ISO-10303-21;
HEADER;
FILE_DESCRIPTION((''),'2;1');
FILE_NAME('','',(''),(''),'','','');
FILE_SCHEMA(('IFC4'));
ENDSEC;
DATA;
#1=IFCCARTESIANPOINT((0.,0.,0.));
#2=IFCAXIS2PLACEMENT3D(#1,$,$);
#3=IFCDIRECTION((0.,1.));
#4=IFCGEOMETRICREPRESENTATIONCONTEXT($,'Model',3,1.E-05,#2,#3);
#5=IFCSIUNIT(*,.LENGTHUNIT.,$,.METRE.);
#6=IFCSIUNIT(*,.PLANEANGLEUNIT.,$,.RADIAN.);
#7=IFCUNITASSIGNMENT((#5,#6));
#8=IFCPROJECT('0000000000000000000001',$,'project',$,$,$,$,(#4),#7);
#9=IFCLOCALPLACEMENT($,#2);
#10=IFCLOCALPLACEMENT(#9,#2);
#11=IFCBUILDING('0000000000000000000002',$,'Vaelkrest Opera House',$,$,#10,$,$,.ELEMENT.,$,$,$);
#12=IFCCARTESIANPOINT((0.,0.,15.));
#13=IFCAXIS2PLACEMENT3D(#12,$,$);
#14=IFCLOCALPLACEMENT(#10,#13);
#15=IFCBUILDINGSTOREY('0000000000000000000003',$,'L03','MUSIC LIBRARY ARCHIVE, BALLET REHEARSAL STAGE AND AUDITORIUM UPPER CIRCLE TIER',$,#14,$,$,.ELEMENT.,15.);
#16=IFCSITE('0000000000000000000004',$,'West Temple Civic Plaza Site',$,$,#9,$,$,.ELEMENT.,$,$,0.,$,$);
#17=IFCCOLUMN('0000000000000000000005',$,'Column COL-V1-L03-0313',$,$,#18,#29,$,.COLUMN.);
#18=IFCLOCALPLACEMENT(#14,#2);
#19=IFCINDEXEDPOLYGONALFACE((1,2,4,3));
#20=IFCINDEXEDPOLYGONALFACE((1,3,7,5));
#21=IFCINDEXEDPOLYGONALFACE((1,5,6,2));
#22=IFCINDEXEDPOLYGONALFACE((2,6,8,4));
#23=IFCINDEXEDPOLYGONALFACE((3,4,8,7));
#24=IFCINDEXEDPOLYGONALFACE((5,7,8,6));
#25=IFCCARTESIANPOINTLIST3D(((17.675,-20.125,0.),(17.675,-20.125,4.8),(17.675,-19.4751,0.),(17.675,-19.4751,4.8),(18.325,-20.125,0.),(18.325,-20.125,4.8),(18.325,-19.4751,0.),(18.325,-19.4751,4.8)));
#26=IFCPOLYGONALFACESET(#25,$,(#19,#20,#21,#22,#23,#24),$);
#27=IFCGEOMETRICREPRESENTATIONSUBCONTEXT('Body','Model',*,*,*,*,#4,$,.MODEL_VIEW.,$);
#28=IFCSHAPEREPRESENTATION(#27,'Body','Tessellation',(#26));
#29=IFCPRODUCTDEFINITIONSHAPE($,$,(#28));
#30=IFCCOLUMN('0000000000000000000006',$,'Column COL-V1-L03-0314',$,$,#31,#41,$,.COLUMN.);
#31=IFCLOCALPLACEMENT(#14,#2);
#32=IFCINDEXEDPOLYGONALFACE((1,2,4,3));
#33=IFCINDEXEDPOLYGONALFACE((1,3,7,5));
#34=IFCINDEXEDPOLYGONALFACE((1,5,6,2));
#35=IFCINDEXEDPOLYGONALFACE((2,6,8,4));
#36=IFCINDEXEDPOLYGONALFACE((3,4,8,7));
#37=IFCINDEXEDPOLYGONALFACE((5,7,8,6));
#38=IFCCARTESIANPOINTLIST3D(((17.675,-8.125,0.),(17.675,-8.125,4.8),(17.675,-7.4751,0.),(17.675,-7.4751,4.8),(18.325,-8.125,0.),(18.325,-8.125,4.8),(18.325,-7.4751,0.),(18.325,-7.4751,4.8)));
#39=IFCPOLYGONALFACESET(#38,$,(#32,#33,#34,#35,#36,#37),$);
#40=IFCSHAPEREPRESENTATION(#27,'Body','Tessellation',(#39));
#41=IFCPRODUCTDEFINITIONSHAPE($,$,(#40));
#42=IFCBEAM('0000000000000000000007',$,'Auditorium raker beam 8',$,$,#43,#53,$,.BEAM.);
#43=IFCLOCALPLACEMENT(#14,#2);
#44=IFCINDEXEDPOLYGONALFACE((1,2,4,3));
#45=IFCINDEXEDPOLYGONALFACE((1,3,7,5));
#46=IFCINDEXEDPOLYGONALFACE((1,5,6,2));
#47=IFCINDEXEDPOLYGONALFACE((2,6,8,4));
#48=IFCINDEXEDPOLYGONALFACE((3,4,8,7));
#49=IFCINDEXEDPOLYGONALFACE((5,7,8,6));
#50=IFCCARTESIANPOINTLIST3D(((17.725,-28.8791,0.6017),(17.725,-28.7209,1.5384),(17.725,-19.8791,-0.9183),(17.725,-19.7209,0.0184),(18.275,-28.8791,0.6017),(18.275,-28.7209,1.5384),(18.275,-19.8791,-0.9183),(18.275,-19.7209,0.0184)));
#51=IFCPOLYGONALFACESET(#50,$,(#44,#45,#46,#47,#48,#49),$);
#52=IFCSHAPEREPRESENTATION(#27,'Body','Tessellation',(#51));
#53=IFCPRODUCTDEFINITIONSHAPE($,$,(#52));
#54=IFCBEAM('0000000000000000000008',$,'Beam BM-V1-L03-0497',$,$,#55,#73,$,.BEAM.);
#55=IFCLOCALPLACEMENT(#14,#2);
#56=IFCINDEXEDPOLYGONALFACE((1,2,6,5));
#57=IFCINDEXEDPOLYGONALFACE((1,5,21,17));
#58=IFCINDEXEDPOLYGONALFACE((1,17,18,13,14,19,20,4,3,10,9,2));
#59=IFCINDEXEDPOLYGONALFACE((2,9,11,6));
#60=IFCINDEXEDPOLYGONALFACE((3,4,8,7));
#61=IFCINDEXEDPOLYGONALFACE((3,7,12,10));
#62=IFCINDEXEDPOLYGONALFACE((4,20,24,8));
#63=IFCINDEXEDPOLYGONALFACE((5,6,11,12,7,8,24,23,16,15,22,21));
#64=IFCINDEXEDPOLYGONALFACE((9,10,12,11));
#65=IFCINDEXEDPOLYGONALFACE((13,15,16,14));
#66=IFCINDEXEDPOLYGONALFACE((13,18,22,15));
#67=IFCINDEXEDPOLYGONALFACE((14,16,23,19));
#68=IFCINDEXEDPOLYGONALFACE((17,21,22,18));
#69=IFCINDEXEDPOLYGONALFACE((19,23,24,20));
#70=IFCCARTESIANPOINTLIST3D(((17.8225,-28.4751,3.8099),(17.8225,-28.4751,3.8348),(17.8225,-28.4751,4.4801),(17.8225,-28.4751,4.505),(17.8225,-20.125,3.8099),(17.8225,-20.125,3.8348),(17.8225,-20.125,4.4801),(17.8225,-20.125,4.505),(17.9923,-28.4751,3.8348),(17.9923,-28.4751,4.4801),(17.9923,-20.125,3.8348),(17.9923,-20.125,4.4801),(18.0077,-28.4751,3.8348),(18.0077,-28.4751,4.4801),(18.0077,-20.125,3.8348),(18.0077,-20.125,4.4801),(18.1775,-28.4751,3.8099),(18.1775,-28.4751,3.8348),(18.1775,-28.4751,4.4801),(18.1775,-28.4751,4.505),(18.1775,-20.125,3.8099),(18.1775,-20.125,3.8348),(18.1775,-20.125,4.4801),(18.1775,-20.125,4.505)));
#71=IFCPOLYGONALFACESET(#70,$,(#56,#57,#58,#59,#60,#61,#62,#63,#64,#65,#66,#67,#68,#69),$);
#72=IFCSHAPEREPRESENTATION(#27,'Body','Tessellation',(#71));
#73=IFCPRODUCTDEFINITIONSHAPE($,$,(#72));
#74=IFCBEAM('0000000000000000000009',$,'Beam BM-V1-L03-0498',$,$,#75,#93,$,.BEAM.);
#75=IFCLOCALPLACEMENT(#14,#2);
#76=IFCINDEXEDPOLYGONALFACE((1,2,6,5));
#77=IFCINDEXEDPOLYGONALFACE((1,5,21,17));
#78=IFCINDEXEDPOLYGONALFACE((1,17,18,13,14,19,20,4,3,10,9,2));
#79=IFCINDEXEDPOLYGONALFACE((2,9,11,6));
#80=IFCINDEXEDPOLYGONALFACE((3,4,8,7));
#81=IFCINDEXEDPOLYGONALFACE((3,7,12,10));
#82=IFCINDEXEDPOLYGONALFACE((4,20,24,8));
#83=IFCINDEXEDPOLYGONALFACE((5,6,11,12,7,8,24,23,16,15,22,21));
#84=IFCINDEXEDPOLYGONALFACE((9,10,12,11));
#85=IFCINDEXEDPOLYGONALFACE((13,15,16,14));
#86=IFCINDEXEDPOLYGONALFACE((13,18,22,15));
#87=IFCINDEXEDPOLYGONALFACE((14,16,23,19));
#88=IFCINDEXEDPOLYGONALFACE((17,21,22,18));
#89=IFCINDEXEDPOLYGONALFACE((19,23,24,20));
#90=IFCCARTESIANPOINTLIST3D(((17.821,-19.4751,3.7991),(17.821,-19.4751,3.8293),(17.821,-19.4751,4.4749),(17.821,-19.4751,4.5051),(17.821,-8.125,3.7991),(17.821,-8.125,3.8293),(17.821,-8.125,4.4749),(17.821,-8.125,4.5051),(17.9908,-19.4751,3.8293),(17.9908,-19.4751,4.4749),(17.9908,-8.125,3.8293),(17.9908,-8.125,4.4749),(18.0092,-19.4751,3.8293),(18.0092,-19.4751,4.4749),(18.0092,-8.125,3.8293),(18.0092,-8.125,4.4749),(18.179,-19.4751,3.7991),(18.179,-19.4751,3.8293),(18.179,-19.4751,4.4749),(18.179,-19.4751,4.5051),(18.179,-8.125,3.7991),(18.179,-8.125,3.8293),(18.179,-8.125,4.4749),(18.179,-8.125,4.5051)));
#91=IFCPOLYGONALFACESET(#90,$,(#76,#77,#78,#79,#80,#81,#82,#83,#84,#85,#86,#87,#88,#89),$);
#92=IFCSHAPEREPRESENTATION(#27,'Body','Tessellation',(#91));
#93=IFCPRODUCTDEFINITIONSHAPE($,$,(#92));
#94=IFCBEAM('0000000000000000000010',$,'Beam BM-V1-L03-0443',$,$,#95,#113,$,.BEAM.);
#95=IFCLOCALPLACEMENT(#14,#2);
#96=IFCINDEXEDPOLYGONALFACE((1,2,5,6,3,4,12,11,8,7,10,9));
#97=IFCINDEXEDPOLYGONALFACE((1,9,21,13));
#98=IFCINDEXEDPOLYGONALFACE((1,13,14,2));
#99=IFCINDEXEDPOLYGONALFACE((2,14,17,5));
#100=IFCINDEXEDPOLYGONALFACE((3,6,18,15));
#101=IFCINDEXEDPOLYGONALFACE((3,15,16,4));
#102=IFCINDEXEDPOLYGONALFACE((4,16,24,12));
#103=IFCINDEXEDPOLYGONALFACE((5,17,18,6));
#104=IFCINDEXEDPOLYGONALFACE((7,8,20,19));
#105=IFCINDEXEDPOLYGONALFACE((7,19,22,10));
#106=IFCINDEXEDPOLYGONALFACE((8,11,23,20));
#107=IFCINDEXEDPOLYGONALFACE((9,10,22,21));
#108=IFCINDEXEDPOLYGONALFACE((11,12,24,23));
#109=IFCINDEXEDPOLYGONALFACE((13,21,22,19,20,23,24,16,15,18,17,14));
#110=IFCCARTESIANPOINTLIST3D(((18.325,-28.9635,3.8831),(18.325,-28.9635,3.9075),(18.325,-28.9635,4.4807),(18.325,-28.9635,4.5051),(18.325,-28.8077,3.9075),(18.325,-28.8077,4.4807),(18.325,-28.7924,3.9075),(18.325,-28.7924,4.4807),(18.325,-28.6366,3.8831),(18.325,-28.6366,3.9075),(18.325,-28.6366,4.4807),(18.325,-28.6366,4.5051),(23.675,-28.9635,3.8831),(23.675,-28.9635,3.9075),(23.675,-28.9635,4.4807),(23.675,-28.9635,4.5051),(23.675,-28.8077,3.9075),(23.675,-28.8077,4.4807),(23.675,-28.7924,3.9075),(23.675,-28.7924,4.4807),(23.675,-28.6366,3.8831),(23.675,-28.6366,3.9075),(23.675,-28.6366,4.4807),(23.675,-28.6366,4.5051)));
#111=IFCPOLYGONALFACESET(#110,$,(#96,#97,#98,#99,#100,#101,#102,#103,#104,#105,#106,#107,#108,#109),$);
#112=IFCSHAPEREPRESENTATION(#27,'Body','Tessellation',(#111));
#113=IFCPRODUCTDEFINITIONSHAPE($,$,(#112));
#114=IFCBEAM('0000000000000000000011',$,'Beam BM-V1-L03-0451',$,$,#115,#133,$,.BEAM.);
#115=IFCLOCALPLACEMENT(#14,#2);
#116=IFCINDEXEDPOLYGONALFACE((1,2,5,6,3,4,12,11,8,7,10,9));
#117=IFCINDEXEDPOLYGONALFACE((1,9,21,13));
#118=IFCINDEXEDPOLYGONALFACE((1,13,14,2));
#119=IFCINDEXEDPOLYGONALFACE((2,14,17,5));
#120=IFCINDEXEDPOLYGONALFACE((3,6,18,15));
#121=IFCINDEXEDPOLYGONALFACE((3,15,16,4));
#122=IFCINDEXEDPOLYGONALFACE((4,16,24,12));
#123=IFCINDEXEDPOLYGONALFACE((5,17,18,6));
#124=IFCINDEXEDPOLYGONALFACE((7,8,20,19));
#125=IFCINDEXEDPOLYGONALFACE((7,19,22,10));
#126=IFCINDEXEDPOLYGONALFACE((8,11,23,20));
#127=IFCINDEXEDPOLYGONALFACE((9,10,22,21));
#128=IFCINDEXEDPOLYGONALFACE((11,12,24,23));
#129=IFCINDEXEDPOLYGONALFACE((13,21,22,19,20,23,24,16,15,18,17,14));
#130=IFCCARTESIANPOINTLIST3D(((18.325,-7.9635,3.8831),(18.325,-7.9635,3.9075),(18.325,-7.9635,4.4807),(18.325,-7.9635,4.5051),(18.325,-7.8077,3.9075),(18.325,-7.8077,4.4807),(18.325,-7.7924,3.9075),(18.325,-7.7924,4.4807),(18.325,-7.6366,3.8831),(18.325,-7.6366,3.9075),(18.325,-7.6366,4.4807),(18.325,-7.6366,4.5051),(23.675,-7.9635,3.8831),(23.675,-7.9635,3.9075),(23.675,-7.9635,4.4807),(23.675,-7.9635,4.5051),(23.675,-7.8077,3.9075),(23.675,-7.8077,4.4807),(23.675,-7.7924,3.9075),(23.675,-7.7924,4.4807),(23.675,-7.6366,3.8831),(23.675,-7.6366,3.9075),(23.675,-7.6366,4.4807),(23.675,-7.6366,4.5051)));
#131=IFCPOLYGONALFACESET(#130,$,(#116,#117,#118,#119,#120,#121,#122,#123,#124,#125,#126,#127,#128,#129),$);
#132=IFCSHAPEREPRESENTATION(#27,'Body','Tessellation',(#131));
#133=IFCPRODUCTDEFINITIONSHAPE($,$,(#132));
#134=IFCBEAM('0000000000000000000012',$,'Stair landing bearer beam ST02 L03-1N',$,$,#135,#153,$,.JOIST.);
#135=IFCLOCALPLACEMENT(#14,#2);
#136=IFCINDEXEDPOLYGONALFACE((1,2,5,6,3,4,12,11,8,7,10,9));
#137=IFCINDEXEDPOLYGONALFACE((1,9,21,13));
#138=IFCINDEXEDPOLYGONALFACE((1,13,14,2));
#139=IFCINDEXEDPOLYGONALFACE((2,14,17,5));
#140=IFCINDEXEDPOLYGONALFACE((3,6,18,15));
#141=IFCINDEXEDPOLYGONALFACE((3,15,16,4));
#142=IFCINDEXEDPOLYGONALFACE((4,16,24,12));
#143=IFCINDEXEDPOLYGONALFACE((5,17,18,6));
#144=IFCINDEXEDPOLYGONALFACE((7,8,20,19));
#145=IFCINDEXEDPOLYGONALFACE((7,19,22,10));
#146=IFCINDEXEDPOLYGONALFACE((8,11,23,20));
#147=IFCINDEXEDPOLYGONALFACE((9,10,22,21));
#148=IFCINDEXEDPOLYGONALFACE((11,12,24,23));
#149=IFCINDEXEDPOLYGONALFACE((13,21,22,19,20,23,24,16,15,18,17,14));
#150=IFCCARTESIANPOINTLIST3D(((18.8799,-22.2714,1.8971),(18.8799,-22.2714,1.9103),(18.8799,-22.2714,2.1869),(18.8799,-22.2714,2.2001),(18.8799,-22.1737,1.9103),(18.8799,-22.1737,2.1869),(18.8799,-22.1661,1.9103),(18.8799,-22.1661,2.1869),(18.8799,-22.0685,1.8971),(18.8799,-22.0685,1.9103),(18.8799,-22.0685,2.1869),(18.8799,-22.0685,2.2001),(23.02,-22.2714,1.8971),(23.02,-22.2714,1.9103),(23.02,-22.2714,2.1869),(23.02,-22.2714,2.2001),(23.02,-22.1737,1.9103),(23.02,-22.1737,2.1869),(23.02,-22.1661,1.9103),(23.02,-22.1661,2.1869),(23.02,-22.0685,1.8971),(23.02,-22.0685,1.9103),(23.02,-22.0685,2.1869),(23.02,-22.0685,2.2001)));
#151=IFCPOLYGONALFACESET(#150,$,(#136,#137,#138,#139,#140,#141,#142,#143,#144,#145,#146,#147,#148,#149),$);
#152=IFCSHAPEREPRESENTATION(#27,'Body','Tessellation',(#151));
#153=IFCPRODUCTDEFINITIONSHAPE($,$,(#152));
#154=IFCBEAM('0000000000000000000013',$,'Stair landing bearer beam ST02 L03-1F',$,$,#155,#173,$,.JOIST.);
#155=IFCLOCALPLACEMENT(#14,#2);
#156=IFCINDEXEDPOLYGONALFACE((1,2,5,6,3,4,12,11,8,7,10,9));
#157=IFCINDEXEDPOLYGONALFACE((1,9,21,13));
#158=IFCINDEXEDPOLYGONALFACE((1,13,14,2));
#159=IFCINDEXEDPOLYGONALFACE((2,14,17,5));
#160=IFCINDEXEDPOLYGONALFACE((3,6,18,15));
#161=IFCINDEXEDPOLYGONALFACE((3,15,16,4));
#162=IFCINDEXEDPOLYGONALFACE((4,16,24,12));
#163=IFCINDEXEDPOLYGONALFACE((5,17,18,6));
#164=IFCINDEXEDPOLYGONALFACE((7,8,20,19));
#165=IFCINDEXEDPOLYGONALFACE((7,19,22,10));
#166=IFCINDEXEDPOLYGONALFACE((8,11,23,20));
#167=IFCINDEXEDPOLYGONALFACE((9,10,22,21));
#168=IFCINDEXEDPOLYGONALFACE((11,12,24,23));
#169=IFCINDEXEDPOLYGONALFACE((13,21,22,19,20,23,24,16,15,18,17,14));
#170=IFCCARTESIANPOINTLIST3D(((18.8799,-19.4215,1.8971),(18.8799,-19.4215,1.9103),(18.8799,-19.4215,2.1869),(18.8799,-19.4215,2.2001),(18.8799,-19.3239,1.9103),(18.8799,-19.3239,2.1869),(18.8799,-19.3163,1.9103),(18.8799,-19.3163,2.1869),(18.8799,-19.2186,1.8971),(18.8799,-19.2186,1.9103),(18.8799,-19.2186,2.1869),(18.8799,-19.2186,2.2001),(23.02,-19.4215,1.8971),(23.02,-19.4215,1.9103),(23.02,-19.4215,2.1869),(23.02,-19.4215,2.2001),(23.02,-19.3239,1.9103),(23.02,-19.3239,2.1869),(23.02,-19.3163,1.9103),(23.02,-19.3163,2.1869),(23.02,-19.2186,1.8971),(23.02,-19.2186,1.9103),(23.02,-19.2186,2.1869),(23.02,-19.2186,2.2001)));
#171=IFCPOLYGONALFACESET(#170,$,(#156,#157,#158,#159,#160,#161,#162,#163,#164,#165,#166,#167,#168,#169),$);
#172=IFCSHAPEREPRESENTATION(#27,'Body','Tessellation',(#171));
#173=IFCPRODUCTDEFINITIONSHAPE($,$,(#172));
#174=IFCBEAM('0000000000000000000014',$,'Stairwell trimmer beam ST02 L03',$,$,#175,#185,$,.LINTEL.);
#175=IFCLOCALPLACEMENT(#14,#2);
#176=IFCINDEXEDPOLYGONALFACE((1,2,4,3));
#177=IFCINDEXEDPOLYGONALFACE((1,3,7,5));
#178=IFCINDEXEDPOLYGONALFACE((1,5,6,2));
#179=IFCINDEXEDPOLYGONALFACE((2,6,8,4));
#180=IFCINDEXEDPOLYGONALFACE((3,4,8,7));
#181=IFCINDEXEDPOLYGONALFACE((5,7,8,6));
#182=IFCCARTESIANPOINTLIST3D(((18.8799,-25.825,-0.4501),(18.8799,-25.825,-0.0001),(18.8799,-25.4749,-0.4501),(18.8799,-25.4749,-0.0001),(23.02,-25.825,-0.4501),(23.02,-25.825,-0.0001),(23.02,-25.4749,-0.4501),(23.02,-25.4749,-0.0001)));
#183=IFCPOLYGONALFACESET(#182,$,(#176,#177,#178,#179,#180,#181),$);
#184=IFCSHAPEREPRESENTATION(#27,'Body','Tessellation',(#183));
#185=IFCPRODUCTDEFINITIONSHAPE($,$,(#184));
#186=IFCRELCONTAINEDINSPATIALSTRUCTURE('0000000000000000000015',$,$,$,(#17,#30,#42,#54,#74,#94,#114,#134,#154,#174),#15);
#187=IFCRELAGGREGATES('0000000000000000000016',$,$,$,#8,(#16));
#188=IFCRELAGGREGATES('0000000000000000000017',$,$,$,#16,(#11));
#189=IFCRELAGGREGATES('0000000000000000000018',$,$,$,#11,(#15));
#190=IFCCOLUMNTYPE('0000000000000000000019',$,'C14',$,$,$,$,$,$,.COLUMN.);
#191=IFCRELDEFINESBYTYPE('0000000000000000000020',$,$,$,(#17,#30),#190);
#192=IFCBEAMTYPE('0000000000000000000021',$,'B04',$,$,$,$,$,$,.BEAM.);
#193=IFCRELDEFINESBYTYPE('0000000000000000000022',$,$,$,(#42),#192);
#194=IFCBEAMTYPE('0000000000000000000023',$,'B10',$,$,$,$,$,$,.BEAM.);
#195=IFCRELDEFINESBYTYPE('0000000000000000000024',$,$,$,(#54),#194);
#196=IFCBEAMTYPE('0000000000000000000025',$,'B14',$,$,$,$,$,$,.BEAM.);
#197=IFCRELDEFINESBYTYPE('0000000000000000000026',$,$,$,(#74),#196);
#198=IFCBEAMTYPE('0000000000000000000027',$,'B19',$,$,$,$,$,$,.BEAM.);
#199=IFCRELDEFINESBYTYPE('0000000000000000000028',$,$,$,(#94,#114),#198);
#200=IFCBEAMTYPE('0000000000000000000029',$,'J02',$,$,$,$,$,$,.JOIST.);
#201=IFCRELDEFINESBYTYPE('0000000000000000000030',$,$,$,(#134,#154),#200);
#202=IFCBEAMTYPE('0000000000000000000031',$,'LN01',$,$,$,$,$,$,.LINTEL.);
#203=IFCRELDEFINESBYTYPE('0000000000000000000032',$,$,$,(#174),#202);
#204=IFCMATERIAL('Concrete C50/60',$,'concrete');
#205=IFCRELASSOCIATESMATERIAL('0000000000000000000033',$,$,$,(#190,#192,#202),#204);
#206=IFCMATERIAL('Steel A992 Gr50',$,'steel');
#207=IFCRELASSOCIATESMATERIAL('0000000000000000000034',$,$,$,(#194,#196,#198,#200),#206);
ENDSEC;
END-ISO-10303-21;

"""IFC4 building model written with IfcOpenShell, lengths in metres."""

from ifc_helpers import new_model, si_unit, direction, frame, origin, origin_2d, place, context, subcontext, project, spatial, rectangle, i_section, extrude, material, material_profile, profile_set, type_object, element, save


model = new_model("IFC4")

# Units and contexts
model_context = context("Model", 3, precision=1e-05, world=origin(), true_north=direction((0.0, 1.0)))
body_context = subcontext(model_context, "Body", "Model", "MODEL_VIEW")
ifc_project = project(units=[si_unit("LENGTHUNIT", "METRE"), si_unit("PLANEANGLEUNIT", "RADIAN")], contexts=[model_context])

# Site, building, storey
site_placement = place(None, origin())
site = spatial("IfcSite", under=ifc_project, at=site_placement, Name="West Temple Civic Plaza Site", CompositionType="ELEMENT", RefElevation=0.0)
building_placement = place(site_placement, origin())
building = spatial("IfcBuilding", under=site, at=building_placement, Name="Vaelkrest Opera House", CompositionType="ELEMENT")
storey_placement = place(building_placement, frame((0.0, 0.0, 15.0)))
storey = spatial("IfcBuildingStorey", under=building, at=storey_placement, Name="L03", Description="MUSIC LIBRARY ARCHIVE, BALLET REHEARSAL STAGE AND AUDITORIUM UPPER CIRCLE TIER", CompositionType="ELEMENT", Elevation=15.0)

# Columns
ifc_material_1 = material(Name="Concrete C50/60", Category="concrete")
ifc_material_profile_1 = material_profile(ifc_material_1, rectangle(XDim=0.6499, YDim=0.6499, at=origin_2d()), Name="RC650X650")
ifc_profile_set_1 = profile_set([ifc_material_profile_1], Name="Concrete C50/60")
column_type = type_object("IfcColumnType", Name="C14", PredefinedType="COLUMN", material=ifc_profile_set_1)
for number, where, z_axis, x_axis, name in (
    (1, (18.0, -19.8, 0.0), (0.0, 0.0, 1.0), (1.0, 0.0, 0.0), "Column COL-V1-L03-0313"),
    (2, (18.0, -7.8, 0.0), (0.0, 0.0, 1.0), (1.0, 0.0, 0.0), "Column COL-V1-L03-0314"),
):
    element("IfcColumn", number, at=place(storey_placement, frame(where, z_axis=z_axis, x_axis=x_axis)), inside=storey, type_object=column_type, Name=name, PredefinedType="COLUMN", context=body_context, shape_type="SweptSolid", body=[
        extrude(rectangle(XDim=0.6499, YDim=0.6499, at=origin_2d()), origin(), (0.0, 0.0, 1.0), 4.8),
    ])

# Beams
ifc_material_profile_2 = material_profile(ifc_material_1, rectangle(XDim=0.55, YDim=0.95, at=origin_2d()), Name="RCB550X950")
ifc_profile_set_2 = profile_set([ifc_material_profile_2], Name="Concrete C50/60")
beam_type_1 = type_object("IfcBeamType", Name="B04", PredefinedType="BEAM", material=ifc_profile_set_2)
beam_1_placement = place(storey_placement, frame((18.0, -19.8, -0.45), z_axis=(0.0, -0.986036, 0.166533), x_axis=(1.0, 0.0, 0.0)))
element("IfcBeam", 3, at=beam_1_placement, inside=storey, type_object=beam_type_1, Name="Auditorium raker beam 8", PredefinedType="BEAM", context=body_context, shape_type="SweptSolid", body=[
    extrude(rectangle(XDim=0.55, YDim=0.95, at=origin_2d()), origin(), (0.0, 0.0, 1.0), 9.1274),
])
ifc_material_2 = material(Name="Steel A992 Gr50", Category="steel")
ifc_material_profile_3 = material_profile(ifc_material_2, i_section(OverallWidth=0.355, OverallDepth=0.6951, WebThickness=0.0154, FlangeThickness=0.0249, at=origin_2d()), Name="W27X146")
ifc_profile_set_3 = profile_set([ifc_material_profile_3], Name="Steel A992 Gr50")
beam_type_2 = type_object("IfcBeamType", Name="B10", PredefinedType="BEAM", material=ifc_profile_set_3)
beam_2_placement = place(storey_placement, frame((18.0, -28.4751, 4.1575), z_axis=(0.0, 1.0, 0.0), x_axis=(-1.0, 0.0, 0.0)))
element("IfcBeam", 4, at=beam_2_placement, inside=storey, type_object=beam_type_2, Name="Beam BM-V1-L03-0497", PredefinedType="BEAM", context=body_context, shape_type="SweptSolid", body=[
    extrude(i_section(OverallWidth=0.355, OverallDepth=0.6951, WebThickness=0.0154, FlangeThickness=0.0249, at=origin_2d()), origin(), (0.0, 0.0, 1.0), 8.3501),
])
ifc_material_profile_4 = material_profile(ifc_material_2, i_section(OverallWidth=0.3579, OverallDepth=0.7061, WebThickness=0.0183, FlangeThickness=0.0303, at=origin_2d()), Name="W27X178")
ifc_profile_set_4 = profile_set([ifc_material_profile_4], Name="Steel A992 Gr50")
beam_type_3 = type_object("IfcBeamType", Name="B14", PredefinedType="BEAM", material=ifc_profile_set_4)
beam_3_placement = place(storey_placement, frame((18.0, -19.4751, 4.1521), z_axis=(0.0, 1.0, 0.0), x_axis=(-1.0, 0.0, 0.0)))
element("IfcBeam", 5, at=beam_3_placement, inside=storey, type_object=beam_type_3, Name="Beam BM-V1-L03-0498", PredefinedType="BEAM", context=body_context, shape_type="SweptSolid", body=[
    extrude(i_section(OverallWidth=0.3579, OverallDepth=0.7061, WebThickness=0.0183, FlangeThickness=0.0303, at=origin_2d()), origin(), (0.0, 0.0, 1.0), 11.3501),
])
ifc_material_profile_5 = material_profile(ifc_material_2, i_section(OverallWidth=0.3269, OverallDepth=0.6221, WebThickness=0.0154, FlangeThickness=0.0244, at=origin_2d()), Name="W24X131")
ifc_profile_set_5 = profile_set([ifc_material_profile_5], Name="Steel A992 Gr50")
beam_type_4 = type_object("IfcBeamType", Name="B19", PredefinedType="BEAM", material=ifc_profile_set_5)
for number, where, z_axis, x_axis, name in (
    (6, (18.325, -28.8, 4.1941), (1.0, 0.0, 0.0), (0.0, 1.0, 0.0), "Beam BM-V1-L03-0443"),
    (7, (18.325, -7.8, 4.1941), (1.0, 0.0, 0.0), (0.0, 1.0, 0.0), "Beam BM-V1-L03-0451"),
):
    element("IfcBeam", number, at=place(storey_placement, frame(where, z_axis=z_axis, x_axis=x_axis)), inside=storey, type_object=beam_type_4, Name=name, PredefinedType="BEAM", context=body_context, shape_type="SweptSolid", body=[
        extrude(i_section(OverallWidth=0.3269, OverallDepth=0.6221, WebThickness=0.0154, FlangeThickness=0.0244, at=origin_2d()), origin(), (0.0, 0.0, 1.0), 5.3501),
    ])
ifc_material_profile_6 = material_profile(ifc_material_2, i_section(OverallWidth=0.2029, OverallDepth=0.303, WebThickness=0.0076, FlangeThickness=0.0132, at=origin_2d()), Name="W12X40")
ifc_profile_set_6 = profile_set([ifc_material_profile_6], Name="Steel A992 Gr50")
beam_type_5 = type_object("IfcBeamType", Name="J02", PredefinedType="JOIST", material=ifc_profile_set_6)
for number, where, z_axis, x_axis, name in (
    (8, (18.8799, -22.1699, 2.0486), (1.0, 0.0, 0.0), (0.0, 1.0, 0.0), "Stair landing bearer beam ST02 L03-1N"),
    (9, (18.8799, -19.3201, 2.0486), (1.0, 0.0, 0.0), (0.0, 1.0, 0.0), "Stair landing bearer beam ST02 L03-1F"),
):
    element("IfcBeam", number, at=place(storey_placement, frame(where, z_axis=z_axis, x_axis=x_axis)), inside=storey, type_object=beam_type_5, Name=name, PredefinedType="JOIST", context=body_context, shape_type="SweptSolid", body=[
        extrude(i_section(OverallWidth=0.2029, OverallDepth=0.303, WebThickness=0.0076, FlangeThickness=0.0132, at=origin_2d()), origin(), (0.0, 0.0, 1.0), 4.1401),
    ])
ifc_material_profile_7 = material_profile(ifc_material_1, rectangle(XDim=0.3501, YDim=0.45, at=origin_2d()), Name="RCB350X450")
ifc_profile_set_7 = profile_set([ifc_material_profile_7], Name="Concrete C50/60")
beam_type_6 = type_object("IfcBeamType", Name="LN01", PredefinedType="LINTEL", material=ifc_profile_set_7)
beam_4_placement = place(storey_placement, frame((18.8799, -25.6499, -0.2251), z_axis=(1.0, 0.0, 0.0), x_axis=(0.0, 1.0, 0.0)))
element("IfcBeam", 10, at=beam_4_placement, inside=storey, type_object=beam_type_6, Name="Stairwell trimmer beam ST02 L03", PredefinedType="LINTEL", context=body_context, shape_type="SweptSolid", body=[
    extrude(rectangle(XDim=0.3501, YDim=0.45, at=origin_2d()), origin(), (0.0, 0.0, 1.0), 4.1401),
])

save(model, "model.ifc")
